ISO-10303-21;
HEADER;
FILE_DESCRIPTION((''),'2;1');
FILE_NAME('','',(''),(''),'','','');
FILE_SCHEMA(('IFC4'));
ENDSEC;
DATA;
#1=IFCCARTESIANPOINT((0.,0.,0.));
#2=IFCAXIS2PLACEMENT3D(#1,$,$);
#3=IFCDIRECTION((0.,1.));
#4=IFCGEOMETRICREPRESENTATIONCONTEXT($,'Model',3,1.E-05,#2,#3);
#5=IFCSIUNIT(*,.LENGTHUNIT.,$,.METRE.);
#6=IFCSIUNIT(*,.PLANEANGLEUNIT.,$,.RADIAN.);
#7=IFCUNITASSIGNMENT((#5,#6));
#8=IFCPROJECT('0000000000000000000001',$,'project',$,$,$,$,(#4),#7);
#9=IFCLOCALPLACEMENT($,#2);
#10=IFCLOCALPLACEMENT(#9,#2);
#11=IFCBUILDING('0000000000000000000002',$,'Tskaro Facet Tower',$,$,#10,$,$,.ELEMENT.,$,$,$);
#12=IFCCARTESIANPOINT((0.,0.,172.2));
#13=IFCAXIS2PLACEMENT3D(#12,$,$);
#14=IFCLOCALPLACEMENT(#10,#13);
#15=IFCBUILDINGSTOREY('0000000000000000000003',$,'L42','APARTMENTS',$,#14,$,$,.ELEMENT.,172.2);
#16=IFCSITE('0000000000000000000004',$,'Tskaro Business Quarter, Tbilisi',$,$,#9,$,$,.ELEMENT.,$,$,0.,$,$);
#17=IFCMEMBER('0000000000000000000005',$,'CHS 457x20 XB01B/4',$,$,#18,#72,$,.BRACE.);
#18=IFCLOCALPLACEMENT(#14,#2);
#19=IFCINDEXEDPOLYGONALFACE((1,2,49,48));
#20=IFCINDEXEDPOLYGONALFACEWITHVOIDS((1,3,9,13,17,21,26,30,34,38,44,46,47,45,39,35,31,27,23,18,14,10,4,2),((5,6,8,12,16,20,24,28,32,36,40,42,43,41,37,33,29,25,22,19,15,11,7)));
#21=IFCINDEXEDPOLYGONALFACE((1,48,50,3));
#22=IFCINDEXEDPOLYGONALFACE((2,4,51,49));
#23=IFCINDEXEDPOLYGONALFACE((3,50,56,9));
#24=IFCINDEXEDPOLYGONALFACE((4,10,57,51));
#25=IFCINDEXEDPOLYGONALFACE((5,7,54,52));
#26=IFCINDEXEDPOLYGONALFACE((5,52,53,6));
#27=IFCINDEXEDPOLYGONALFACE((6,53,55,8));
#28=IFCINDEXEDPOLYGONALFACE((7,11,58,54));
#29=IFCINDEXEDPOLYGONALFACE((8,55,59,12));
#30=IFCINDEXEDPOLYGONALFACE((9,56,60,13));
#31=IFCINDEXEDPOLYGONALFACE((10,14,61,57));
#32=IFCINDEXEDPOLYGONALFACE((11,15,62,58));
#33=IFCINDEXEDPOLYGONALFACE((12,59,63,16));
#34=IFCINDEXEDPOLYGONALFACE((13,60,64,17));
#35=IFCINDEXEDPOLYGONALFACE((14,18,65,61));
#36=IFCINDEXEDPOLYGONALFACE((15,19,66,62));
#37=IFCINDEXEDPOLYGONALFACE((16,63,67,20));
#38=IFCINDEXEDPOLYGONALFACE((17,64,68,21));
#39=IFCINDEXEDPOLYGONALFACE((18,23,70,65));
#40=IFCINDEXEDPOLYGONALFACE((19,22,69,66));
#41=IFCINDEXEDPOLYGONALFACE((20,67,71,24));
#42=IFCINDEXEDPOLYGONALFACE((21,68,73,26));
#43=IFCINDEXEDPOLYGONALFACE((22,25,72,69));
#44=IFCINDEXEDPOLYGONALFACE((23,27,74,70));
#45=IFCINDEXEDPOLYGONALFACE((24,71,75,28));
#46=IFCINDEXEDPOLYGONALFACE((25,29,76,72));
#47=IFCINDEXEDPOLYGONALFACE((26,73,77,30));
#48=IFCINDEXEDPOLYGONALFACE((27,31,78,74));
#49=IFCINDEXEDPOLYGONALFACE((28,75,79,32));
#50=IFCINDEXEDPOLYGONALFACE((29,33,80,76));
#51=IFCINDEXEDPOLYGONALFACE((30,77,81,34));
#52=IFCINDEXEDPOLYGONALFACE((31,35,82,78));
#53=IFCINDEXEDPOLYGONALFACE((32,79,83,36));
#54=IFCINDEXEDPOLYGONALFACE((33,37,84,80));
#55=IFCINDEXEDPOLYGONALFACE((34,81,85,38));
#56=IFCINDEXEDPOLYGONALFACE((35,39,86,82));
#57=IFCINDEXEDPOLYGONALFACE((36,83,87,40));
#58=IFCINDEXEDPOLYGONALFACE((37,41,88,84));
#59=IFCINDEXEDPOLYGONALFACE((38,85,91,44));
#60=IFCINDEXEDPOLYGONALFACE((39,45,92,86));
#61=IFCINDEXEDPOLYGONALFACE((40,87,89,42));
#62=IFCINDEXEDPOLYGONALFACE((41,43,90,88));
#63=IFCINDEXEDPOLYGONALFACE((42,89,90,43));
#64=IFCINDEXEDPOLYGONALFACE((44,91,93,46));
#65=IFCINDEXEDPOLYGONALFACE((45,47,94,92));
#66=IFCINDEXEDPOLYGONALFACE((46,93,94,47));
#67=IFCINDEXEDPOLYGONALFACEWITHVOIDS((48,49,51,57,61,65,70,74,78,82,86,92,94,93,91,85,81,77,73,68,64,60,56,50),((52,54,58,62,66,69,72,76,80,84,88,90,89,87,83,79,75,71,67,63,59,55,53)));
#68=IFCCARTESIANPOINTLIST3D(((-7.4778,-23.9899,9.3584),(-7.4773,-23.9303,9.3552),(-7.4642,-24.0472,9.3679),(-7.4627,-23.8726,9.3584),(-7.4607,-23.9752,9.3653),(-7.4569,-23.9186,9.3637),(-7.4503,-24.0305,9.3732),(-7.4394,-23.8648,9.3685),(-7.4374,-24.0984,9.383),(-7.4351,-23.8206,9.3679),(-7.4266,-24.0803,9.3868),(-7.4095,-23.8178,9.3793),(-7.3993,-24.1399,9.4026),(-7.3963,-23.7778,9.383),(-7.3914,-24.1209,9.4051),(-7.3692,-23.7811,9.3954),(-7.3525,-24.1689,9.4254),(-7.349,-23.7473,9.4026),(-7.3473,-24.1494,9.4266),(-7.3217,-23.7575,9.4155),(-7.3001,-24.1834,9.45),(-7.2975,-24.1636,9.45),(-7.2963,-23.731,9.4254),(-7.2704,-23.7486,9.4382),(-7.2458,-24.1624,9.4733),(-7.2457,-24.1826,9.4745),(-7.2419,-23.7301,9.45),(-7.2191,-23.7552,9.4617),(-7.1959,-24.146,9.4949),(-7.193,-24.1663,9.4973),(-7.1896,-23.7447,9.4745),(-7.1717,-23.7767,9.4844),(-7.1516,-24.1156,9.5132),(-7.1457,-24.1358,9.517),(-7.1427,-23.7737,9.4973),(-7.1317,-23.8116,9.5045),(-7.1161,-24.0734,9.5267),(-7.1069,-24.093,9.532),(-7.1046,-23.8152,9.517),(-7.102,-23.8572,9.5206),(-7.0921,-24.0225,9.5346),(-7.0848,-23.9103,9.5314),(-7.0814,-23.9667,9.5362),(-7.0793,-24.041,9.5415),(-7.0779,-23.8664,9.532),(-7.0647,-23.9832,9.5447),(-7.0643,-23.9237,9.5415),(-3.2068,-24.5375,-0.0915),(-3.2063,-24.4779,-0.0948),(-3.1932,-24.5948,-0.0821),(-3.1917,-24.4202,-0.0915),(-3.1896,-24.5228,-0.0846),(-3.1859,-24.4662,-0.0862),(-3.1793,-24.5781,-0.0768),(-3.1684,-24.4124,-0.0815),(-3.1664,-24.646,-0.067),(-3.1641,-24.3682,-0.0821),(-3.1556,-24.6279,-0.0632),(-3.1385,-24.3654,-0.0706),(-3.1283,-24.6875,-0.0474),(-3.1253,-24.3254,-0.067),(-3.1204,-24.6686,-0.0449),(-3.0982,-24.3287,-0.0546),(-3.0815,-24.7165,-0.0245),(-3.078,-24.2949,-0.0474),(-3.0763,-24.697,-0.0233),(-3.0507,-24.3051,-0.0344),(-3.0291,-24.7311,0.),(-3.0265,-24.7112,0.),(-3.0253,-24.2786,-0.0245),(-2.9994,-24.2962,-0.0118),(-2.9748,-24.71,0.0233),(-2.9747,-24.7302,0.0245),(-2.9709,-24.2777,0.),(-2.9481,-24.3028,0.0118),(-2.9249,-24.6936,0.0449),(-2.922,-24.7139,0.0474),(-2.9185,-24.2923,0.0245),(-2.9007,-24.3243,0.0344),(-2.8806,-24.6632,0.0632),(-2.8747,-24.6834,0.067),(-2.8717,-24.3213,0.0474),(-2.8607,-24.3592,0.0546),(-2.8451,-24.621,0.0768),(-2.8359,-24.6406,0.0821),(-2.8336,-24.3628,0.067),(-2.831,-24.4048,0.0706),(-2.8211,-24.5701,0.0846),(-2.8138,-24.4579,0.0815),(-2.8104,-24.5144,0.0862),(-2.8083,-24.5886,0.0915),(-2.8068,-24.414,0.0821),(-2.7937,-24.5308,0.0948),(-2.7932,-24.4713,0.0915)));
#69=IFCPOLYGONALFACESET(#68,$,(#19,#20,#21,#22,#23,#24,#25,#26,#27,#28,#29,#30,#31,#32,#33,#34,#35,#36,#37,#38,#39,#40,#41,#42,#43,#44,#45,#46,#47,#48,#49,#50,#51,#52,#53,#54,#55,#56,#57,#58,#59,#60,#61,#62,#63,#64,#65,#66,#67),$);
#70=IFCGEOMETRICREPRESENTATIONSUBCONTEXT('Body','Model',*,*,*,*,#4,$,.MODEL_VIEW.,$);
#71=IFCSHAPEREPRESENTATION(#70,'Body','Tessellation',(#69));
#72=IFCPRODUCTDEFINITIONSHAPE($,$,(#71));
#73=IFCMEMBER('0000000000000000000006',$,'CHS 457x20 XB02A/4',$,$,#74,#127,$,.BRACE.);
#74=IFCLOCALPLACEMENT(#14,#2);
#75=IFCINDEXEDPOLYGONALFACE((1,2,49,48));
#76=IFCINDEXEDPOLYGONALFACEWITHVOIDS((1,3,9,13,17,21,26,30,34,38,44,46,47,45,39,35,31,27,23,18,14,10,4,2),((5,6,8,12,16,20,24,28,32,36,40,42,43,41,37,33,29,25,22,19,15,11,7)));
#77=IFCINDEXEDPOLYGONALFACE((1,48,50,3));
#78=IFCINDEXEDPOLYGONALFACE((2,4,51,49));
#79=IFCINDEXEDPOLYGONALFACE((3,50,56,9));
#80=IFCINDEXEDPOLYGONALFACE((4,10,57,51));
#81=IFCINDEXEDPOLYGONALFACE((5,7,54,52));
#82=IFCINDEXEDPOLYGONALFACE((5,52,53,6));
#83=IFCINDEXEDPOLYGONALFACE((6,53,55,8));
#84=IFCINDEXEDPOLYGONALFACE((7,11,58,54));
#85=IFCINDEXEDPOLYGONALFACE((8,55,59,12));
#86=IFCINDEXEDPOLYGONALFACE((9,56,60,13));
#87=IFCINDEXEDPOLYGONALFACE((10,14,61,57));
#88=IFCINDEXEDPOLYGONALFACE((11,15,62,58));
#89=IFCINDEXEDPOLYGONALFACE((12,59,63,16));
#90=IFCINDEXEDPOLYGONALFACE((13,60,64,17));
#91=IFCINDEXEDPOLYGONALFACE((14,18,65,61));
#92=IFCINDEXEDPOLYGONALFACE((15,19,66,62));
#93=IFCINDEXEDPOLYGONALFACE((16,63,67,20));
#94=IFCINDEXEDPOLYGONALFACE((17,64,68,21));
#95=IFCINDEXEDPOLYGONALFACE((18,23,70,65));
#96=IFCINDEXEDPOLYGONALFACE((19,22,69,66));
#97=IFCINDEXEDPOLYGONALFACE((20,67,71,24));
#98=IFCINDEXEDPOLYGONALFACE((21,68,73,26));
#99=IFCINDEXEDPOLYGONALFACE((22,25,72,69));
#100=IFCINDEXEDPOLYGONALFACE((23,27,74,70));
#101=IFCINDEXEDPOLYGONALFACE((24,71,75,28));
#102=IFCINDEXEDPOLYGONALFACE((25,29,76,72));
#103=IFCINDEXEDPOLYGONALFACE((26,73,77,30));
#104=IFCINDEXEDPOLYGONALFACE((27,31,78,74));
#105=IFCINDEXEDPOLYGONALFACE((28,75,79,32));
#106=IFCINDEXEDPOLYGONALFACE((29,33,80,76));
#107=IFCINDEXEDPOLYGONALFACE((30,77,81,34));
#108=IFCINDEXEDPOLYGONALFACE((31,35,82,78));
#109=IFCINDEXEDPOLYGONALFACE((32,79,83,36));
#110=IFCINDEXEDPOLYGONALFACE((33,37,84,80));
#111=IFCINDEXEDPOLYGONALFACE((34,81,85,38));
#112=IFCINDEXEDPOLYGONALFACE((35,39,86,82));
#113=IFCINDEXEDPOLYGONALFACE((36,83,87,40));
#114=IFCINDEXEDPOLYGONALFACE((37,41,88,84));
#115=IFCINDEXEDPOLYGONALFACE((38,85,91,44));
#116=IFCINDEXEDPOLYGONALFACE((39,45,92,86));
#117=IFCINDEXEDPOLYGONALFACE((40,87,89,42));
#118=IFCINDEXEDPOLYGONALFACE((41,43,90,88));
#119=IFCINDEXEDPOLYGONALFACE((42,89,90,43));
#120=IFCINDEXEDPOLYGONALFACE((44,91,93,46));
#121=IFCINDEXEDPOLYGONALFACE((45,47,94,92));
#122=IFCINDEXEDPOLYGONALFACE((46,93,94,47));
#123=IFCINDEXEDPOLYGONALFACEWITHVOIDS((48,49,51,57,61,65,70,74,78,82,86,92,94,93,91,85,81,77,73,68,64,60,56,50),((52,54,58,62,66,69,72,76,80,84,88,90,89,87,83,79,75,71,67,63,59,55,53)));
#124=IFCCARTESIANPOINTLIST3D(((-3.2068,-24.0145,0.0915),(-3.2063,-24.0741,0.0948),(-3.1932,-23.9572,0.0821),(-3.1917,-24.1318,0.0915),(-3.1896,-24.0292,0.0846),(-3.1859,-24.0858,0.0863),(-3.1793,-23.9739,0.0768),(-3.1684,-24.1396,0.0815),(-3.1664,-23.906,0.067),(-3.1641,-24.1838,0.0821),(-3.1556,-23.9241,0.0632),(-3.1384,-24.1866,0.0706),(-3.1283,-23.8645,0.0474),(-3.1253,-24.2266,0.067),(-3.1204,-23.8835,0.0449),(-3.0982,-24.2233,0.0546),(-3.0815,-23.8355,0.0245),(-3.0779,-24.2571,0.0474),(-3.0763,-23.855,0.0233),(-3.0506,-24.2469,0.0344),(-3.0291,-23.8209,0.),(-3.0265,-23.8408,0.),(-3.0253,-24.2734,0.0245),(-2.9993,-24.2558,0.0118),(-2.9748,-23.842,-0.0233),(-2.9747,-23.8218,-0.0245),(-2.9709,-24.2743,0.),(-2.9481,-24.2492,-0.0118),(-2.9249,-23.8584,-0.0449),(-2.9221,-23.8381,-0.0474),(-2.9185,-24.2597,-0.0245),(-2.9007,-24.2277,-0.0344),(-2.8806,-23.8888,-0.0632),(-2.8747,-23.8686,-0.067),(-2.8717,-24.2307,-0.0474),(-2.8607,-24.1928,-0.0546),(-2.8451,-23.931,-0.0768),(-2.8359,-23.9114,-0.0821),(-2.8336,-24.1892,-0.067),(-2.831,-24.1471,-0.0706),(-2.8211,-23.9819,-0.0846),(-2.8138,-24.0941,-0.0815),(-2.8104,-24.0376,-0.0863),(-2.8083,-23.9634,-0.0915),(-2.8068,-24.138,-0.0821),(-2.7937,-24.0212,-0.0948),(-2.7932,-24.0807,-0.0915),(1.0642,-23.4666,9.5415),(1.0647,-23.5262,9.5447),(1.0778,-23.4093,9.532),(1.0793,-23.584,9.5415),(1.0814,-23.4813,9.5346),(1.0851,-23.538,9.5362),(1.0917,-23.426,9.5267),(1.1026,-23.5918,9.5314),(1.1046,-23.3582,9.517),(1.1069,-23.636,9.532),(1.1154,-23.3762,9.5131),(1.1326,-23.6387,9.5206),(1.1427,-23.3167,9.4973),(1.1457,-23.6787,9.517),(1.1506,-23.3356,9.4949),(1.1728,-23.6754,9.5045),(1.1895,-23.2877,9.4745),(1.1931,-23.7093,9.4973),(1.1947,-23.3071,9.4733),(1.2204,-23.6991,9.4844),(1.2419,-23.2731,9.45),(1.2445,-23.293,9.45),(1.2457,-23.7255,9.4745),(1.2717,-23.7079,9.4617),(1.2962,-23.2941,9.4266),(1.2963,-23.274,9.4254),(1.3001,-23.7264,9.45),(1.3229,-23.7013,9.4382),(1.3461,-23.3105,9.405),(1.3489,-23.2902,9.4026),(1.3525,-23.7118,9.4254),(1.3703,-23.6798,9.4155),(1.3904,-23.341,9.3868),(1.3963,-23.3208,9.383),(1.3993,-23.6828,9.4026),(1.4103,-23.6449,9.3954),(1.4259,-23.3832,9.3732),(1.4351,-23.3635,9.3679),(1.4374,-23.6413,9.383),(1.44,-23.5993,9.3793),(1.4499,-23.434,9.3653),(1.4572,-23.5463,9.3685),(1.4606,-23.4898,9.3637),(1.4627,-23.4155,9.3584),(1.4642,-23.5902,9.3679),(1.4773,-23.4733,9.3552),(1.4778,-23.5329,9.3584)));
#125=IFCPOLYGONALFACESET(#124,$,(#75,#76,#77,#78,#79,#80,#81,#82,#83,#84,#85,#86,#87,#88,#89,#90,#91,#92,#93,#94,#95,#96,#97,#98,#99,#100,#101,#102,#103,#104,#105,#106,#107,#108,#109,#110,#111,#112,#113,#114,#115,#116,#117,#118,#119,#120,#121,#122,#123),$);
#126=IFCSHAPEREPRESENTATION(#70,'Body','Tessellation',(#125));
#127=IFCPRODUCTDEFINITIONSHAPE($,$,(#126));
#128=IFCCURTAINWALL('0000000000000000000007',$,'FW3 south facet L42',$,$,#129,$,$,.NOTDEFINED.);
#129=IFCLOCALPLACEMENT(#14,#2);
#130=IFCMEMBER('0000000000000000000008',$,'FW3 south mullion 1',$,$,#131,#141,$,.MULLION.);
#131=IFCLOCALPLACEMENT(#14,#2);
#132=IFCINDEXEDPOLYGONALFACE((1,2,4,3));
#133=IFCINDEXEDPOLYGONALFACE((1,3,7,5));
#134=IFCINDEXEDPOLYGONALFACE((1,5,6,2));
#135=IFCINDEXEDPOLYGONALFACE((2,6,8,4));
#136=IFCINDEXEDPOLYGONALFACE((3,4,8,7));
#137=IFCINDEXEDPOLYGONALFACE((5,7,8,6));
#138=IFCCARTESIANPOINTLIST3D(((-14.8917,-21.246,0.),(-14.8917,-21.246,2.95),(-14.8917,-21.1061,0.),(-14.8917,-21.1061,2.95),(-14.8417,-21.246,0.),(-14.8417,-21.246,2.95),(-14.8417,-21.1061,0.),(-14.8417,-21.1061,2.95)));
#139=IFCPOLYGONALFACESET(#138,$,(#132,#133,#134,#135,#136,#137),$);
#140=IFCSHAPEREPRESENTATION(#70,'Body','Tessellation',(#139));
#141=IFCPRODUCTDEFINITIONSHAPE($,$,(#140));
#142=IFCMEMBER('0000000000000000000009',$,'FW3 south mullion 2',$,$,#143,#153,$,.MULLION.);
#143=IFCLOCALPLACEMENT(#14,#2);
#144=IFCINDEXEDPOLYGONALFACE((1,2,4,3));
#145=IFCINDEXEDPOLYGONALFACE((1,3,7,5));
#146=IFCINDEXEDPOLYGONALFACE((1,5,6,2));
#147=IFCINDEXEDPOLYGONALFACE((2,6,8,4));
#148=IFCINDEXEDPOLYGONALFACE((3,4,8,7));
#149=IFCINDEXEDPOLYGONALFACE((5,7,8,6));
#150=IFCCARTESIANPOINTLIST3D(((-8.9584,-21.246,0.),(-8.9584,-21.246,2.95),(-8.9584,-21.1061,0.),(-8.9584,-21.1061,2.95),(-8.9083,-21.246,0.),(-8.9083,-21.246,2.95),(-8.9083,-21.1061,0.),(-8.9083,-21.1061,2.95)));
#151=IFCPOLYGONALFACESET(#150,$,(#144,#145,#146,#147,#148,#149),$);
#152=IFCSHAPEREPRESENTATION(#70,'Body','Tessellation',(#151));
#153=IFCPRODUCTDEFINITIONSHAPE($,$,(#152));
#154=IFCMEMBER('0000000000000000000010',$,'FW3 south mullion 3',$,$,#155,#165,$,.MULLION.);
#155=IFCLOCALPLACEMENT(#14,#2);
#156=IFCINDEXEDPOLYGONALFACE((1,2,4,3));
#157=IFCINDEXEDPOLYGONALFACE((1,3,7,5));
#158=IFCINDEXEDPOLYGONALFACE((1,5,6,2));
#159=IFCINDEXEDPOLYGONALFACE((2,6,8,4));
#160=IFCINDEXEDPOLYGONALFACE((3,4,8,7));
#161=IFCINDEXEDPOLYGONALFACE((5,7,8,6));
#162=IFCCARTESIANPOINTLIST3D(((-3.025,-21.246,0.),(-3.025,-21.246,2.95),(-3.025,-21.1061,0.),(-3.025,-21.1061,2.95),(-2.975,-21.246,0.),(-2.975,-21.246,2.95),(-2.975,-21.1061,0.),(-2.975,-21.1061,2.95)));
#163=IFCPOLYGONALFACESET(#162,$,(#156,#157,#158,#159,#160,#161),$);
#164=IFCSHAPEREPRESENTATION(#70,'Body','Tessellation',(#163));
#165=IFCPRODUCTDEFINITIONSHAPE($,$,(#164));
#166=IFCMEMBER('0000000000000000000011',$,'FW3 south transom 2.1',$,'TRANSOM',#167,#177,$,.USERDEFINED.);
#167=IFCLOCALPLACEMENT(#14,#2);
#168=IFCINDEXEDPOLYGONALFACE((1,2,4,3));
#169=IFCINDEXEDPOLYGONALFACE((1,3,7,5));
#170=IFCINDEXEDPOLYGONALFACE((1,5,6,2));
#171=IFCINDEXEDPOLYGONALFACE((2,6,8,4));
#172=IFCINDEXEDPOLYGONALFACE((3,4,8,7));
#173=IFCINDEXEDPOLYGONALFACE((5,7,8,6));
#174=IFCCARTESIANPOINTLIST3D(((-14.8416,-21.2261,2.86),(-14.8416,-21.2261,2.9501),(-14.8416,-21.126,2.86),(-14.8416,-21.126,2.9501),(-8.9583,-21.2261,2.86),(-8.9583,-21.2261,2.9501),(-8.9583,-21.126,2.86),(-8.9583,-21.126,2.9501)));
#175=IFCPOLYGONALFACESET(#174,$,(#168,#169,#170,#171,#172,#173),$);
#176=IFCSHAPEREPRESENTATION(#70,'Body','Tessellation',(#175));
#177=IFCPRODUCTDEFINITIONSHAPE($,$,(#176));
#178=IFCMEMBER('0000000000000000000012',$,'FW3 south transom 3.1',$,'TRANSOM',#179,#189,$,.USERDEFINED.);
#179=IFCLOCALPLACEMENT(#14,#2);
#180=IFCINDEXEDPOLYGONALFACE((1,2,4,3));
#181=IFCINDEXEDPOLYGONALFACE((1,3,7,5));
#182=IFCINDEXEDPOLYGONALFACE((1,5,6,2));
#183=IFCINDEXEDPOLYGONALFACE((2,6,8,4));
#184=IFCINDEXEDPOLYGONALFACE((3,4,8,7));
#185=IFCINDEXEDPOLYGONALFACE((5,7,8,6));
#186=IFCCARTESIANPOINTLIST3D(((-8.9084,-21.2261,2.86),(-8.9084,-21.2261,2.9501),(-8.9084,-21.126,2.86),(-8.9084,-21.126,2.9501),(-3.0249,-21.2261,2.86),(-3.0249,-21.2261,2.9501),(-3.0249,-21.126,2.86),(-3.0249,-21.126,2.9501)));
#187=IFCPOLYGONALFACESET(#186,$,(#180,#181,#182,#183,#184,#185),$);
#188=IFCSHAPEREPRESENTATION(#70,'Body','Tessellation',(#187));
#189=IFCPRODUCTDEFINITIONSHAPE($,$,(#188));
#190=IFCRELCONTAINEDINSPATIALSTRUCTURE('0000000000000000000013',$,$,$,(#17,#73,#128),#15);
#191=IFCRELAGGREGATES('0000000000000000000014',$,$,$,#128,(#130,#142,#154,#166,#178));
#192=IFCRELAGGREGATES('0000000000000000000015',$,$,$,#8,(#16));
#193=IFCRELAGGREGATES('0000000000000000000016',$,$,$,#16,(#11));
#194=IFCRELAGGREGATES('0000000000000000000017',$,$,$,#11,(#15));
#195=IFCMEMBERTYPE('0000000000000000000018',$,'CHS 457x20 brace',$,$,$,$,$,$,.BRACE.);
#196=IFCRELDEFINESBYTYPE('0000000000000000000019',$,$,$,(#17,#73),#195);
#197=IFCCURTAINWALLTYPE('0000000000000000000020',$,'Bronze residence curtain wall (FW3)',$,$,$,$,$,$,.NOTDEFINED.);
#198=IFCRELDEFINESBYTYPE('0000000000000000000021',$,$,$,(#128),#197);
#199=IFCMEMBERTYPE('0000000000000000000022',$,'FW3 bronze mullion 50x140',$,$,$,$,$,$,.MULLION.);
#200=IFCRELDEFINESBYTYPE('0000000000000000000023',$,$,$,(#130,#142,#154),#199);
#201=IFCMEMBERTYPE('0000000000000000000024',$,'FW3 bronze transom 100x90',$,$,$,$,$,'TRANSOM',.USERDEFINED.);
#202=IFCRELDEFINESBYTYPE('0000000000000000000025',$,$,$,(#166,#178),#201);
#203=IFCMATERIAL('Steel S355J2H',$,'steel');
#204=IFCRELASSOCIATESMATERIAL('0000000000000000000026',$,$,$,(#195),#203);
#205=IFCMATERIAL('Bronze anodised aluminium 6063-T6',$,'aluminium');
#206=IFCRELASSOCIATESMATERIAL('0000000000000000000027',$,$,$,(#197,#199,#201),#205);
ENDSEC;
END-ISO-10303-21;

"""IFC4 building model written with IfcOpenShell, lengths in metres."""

from ifc_helpers import new_model, si_unit, direction, frame, origin, origin_2d, place, context, subcontext, project, spatial, rectangle, hollow_circle, extrude, material, material_profile, profile_set, type_object, element, aggregate, save


model = new_model("IFC4")

# Units and contexts
model_context = context("Model", 3, precision=1e-05, world=origin(), true_north=direction((0.0, 1.0)))
body_context = subcontext(model_context, "Body", "Model", "MODEL_VIEW")
ifc_project = project(units=[si_unit("LENGTHUNIT", "METRE"), si_unit("PLANEANGLEUNIT", "RADIAN")], contexts=[model_context])

# Site, building, storey
site_placement = place(None, origin())
site = spatial("IfcSite", under=ifc_project, at=site_placement, Name="Tskaro Business Quarter, Tbilisi", CompositionType="ELEMENT", RefElevation=0.0)
building_placement = place(site_placement, origin())
building = spatial("IfcBuilding", under=site, at=building_placement, Name="Tskaro Facet Tower", CompositionType="ELEMENT")
storey_placement = place(building_placement, frame((0.0, 0.0, 172.2)))
storey = spatial("IfcBuildingStorey", under=building, at=storey_placement, Name="L42", Description="APARTMENTS", CompositionType="ELEMENT", Elevation=172.2)

# Shared definitions
ifc_material_1 = material(Name="Steel S355J2H", Category="steel")

# Members
ifc_material_profile_1 = material_profile(ifc_material_1, hollow_circle(Radius=0.2285, WallThickness=0.02, at=origin_2d()), Name="CHS 457x20")
ifc_profile_set_1 = profile_set([ifc_material_profile_1], Name="Steel S355J2H")
member_type_1 = type_object("IfcMemberType", Name="CHS 457x20 brace", PredefinedType="BRACE", material=ifc_profile_set_1)
for number, where, z_axis, x_axis, name in (
    (1, (-3.0, -24.5044, 0.0), (-0.411276, 0.052732, 0.909984), (-0.127174, -0.99188, 0.0), "CHS 457x20 XB01B/4"),
    (2, (-3.0, -24.0476, 0.0), (0.411276, 0.052755, 0.909983), (-0.12723, 0.991873, 0.0), "CHS 457x20 XB02A/4"),
):
    element("IfcMember", number, at=place(storey_placement, frame(where, z_axis=z_axis, x_axis=x_axis)), inside=storey, type_object=member_type_1, Name=name, PredefinedType="BRACE", context=body_context, shape_type="SweptSolid", body=[
        extrude(hollow_circle(Radius=0.2285, WallThickness=0.02, at=origin_2d()), origin(), (0.0, 0.0, 1.0), 10.3848),
    ])

# Curtain wall, members
ifc_material_2 = material(Name="Bronze anodised aluminium 6063-T6", Category="aluminium")
curtain_wall_type = type_object("IfcCurtainWallType", Name="Bronze residence curtain wall (FW3)", PredefinedType="NOTDEFINED", material=ifc_material_2)
curtain_wall_placement = place(storey_placement, origin())
curtain_wall = element("IfcCurtainWall", 3, at=curtain_wall_placement, inside=storey, type_object=curtain_wall_type, Name="FW3 south facet L42", PredefinedType="NOTDEFINED")
ifc_material_profile_2 = material_profile(ifc_material_2, rectangle(XDim=0.05, YDim=0.1399, at=origin_2d()), Name="Mullion 50x140")
ifc_profile_set_2 = profile_set([ifc_material_profile_2], Name="Bronze anodised aluminium 6063-T6")
member_type_2 = type_object("IfcMemberType", Name="FW3 bronze mullion 50x140", PredefinedType="MULLION", material=ifc_profile_set_2)
member_1_placement = place(storey_placement, frame((-14.8667, -21.176, 0.0), z_axis=(0.0, 0.0, 1.0), x_axis=(1.0, 0.0, 0.0)))
member_1 = element("IfcMember", 4, at=member_1_placement, type_object=member_type_2, Name="FW3 south mullion 1", PredefinedType="MULLION", context=body_context, shape_type="SweptSolid", body=[
    extrude(rectangle(XDim=0.05, YDim=0.1399, at=origin_2d()), origin(), (0.0, 0.0, 1.0), 2.95),
])
member_2_placement = place(storey_placement, frame((-8.9333, -21.176, 0.0), z_axis=(0.0, 0.0, 1.0), x_axis=(1.0, 0.0, 0.0)))
member_2 = element("IfcMember", 5, at=member_2_placement, type_object=member_type_2, Name="FW3 south mullion 2", PredefinedType="MULLION", context=body_context, shape_type="SweptSolid", body=[
    extrude(rectangle(XDim=0.05, YDim=0.1399, at=origin_2d()), origin(), (0.0, 0.0, 1.0), 2.95),
])
member_3_placement = place(storey_placement, frame((-3.0, -21.176, 0.0), z_axis=(0.0, 0.0, 1.0), x_axis=(1.0, 0.0, 0.0)))
member_3 = element("IfcMember", 6, at=member_3_placement, type_object=member_type_2, Name="FW3 south mullion 3", PredefinedType="MULLION", context=body_context, shape_type="SweptSolid", body=[
    extrude(rectangle(XDim=0.05, YDim=0.1399, at=origin_2d()), origin(), (0.0, 0.0, 1.0), 2.95),
])
ifc_material_profile_3 = material_profile(ifc_material_2, rectangle(XDim=0.1001, YDim=0.0901, at=origin_2d()), Name="Transom 100x90")
ifc_profile_set_3 = profile_set([ifc_material_profile_3], Name="Bronze anodised aluminium 6063-T6")
member_type_3 = type_object("IfcMemberType", Name="FW3 bronze transom 100x90", ElementType="TRANSOM", PredefinedType="USERDEFINED", material=ifc_profile_set_3)
member_4_placement = place(storey_placement, frame((-14.8416, -21.176, 2.905), z_axis=(1.0, 0.0, 0.0), x_axis=(0.0, 1.0, 0.0)))
member_4 = element("IfcMember", 7, at=member_4_placement, type_object=member_type_3, Name="FW3 south transom 2.1", ObjectType="TRANSOM", PredefinedType="USERDEFINED", context=body_context, shape_type="SweptSolid", body=[
    extrude(rectangle(XDim=0.1001, YDim=0.0901, at=origin_2d()), origin(), (0.0, 0.0, 1.0), 5.8833),
])
member_5_placement = place(storey_placement, frame((-8.9084, -21.176, 2.905), z_axis=(1.0, 0.0, 0.0), x_axis=(0.0, 1.0, 0.0)))
member_5 = element("IfcMember", 8, at=member_5_placement, type_object=member_type_3, Name="FW3 south transom 3.1", ObjectType="TRANSOM", PredefinedType="USERDEFINED", context=body_context, shape_type="SweptSolid", body=[
    extrude(rectangle(XDim=0.1001, YDim=0.0901, at=origin_2d()), origin(), (0.0, 0.0, 1.0), 5.8835),
])
aggregate(curtain_wall, [member_1, member_2, member_3, member_4, member_5])

save(model, "model.ifc")
